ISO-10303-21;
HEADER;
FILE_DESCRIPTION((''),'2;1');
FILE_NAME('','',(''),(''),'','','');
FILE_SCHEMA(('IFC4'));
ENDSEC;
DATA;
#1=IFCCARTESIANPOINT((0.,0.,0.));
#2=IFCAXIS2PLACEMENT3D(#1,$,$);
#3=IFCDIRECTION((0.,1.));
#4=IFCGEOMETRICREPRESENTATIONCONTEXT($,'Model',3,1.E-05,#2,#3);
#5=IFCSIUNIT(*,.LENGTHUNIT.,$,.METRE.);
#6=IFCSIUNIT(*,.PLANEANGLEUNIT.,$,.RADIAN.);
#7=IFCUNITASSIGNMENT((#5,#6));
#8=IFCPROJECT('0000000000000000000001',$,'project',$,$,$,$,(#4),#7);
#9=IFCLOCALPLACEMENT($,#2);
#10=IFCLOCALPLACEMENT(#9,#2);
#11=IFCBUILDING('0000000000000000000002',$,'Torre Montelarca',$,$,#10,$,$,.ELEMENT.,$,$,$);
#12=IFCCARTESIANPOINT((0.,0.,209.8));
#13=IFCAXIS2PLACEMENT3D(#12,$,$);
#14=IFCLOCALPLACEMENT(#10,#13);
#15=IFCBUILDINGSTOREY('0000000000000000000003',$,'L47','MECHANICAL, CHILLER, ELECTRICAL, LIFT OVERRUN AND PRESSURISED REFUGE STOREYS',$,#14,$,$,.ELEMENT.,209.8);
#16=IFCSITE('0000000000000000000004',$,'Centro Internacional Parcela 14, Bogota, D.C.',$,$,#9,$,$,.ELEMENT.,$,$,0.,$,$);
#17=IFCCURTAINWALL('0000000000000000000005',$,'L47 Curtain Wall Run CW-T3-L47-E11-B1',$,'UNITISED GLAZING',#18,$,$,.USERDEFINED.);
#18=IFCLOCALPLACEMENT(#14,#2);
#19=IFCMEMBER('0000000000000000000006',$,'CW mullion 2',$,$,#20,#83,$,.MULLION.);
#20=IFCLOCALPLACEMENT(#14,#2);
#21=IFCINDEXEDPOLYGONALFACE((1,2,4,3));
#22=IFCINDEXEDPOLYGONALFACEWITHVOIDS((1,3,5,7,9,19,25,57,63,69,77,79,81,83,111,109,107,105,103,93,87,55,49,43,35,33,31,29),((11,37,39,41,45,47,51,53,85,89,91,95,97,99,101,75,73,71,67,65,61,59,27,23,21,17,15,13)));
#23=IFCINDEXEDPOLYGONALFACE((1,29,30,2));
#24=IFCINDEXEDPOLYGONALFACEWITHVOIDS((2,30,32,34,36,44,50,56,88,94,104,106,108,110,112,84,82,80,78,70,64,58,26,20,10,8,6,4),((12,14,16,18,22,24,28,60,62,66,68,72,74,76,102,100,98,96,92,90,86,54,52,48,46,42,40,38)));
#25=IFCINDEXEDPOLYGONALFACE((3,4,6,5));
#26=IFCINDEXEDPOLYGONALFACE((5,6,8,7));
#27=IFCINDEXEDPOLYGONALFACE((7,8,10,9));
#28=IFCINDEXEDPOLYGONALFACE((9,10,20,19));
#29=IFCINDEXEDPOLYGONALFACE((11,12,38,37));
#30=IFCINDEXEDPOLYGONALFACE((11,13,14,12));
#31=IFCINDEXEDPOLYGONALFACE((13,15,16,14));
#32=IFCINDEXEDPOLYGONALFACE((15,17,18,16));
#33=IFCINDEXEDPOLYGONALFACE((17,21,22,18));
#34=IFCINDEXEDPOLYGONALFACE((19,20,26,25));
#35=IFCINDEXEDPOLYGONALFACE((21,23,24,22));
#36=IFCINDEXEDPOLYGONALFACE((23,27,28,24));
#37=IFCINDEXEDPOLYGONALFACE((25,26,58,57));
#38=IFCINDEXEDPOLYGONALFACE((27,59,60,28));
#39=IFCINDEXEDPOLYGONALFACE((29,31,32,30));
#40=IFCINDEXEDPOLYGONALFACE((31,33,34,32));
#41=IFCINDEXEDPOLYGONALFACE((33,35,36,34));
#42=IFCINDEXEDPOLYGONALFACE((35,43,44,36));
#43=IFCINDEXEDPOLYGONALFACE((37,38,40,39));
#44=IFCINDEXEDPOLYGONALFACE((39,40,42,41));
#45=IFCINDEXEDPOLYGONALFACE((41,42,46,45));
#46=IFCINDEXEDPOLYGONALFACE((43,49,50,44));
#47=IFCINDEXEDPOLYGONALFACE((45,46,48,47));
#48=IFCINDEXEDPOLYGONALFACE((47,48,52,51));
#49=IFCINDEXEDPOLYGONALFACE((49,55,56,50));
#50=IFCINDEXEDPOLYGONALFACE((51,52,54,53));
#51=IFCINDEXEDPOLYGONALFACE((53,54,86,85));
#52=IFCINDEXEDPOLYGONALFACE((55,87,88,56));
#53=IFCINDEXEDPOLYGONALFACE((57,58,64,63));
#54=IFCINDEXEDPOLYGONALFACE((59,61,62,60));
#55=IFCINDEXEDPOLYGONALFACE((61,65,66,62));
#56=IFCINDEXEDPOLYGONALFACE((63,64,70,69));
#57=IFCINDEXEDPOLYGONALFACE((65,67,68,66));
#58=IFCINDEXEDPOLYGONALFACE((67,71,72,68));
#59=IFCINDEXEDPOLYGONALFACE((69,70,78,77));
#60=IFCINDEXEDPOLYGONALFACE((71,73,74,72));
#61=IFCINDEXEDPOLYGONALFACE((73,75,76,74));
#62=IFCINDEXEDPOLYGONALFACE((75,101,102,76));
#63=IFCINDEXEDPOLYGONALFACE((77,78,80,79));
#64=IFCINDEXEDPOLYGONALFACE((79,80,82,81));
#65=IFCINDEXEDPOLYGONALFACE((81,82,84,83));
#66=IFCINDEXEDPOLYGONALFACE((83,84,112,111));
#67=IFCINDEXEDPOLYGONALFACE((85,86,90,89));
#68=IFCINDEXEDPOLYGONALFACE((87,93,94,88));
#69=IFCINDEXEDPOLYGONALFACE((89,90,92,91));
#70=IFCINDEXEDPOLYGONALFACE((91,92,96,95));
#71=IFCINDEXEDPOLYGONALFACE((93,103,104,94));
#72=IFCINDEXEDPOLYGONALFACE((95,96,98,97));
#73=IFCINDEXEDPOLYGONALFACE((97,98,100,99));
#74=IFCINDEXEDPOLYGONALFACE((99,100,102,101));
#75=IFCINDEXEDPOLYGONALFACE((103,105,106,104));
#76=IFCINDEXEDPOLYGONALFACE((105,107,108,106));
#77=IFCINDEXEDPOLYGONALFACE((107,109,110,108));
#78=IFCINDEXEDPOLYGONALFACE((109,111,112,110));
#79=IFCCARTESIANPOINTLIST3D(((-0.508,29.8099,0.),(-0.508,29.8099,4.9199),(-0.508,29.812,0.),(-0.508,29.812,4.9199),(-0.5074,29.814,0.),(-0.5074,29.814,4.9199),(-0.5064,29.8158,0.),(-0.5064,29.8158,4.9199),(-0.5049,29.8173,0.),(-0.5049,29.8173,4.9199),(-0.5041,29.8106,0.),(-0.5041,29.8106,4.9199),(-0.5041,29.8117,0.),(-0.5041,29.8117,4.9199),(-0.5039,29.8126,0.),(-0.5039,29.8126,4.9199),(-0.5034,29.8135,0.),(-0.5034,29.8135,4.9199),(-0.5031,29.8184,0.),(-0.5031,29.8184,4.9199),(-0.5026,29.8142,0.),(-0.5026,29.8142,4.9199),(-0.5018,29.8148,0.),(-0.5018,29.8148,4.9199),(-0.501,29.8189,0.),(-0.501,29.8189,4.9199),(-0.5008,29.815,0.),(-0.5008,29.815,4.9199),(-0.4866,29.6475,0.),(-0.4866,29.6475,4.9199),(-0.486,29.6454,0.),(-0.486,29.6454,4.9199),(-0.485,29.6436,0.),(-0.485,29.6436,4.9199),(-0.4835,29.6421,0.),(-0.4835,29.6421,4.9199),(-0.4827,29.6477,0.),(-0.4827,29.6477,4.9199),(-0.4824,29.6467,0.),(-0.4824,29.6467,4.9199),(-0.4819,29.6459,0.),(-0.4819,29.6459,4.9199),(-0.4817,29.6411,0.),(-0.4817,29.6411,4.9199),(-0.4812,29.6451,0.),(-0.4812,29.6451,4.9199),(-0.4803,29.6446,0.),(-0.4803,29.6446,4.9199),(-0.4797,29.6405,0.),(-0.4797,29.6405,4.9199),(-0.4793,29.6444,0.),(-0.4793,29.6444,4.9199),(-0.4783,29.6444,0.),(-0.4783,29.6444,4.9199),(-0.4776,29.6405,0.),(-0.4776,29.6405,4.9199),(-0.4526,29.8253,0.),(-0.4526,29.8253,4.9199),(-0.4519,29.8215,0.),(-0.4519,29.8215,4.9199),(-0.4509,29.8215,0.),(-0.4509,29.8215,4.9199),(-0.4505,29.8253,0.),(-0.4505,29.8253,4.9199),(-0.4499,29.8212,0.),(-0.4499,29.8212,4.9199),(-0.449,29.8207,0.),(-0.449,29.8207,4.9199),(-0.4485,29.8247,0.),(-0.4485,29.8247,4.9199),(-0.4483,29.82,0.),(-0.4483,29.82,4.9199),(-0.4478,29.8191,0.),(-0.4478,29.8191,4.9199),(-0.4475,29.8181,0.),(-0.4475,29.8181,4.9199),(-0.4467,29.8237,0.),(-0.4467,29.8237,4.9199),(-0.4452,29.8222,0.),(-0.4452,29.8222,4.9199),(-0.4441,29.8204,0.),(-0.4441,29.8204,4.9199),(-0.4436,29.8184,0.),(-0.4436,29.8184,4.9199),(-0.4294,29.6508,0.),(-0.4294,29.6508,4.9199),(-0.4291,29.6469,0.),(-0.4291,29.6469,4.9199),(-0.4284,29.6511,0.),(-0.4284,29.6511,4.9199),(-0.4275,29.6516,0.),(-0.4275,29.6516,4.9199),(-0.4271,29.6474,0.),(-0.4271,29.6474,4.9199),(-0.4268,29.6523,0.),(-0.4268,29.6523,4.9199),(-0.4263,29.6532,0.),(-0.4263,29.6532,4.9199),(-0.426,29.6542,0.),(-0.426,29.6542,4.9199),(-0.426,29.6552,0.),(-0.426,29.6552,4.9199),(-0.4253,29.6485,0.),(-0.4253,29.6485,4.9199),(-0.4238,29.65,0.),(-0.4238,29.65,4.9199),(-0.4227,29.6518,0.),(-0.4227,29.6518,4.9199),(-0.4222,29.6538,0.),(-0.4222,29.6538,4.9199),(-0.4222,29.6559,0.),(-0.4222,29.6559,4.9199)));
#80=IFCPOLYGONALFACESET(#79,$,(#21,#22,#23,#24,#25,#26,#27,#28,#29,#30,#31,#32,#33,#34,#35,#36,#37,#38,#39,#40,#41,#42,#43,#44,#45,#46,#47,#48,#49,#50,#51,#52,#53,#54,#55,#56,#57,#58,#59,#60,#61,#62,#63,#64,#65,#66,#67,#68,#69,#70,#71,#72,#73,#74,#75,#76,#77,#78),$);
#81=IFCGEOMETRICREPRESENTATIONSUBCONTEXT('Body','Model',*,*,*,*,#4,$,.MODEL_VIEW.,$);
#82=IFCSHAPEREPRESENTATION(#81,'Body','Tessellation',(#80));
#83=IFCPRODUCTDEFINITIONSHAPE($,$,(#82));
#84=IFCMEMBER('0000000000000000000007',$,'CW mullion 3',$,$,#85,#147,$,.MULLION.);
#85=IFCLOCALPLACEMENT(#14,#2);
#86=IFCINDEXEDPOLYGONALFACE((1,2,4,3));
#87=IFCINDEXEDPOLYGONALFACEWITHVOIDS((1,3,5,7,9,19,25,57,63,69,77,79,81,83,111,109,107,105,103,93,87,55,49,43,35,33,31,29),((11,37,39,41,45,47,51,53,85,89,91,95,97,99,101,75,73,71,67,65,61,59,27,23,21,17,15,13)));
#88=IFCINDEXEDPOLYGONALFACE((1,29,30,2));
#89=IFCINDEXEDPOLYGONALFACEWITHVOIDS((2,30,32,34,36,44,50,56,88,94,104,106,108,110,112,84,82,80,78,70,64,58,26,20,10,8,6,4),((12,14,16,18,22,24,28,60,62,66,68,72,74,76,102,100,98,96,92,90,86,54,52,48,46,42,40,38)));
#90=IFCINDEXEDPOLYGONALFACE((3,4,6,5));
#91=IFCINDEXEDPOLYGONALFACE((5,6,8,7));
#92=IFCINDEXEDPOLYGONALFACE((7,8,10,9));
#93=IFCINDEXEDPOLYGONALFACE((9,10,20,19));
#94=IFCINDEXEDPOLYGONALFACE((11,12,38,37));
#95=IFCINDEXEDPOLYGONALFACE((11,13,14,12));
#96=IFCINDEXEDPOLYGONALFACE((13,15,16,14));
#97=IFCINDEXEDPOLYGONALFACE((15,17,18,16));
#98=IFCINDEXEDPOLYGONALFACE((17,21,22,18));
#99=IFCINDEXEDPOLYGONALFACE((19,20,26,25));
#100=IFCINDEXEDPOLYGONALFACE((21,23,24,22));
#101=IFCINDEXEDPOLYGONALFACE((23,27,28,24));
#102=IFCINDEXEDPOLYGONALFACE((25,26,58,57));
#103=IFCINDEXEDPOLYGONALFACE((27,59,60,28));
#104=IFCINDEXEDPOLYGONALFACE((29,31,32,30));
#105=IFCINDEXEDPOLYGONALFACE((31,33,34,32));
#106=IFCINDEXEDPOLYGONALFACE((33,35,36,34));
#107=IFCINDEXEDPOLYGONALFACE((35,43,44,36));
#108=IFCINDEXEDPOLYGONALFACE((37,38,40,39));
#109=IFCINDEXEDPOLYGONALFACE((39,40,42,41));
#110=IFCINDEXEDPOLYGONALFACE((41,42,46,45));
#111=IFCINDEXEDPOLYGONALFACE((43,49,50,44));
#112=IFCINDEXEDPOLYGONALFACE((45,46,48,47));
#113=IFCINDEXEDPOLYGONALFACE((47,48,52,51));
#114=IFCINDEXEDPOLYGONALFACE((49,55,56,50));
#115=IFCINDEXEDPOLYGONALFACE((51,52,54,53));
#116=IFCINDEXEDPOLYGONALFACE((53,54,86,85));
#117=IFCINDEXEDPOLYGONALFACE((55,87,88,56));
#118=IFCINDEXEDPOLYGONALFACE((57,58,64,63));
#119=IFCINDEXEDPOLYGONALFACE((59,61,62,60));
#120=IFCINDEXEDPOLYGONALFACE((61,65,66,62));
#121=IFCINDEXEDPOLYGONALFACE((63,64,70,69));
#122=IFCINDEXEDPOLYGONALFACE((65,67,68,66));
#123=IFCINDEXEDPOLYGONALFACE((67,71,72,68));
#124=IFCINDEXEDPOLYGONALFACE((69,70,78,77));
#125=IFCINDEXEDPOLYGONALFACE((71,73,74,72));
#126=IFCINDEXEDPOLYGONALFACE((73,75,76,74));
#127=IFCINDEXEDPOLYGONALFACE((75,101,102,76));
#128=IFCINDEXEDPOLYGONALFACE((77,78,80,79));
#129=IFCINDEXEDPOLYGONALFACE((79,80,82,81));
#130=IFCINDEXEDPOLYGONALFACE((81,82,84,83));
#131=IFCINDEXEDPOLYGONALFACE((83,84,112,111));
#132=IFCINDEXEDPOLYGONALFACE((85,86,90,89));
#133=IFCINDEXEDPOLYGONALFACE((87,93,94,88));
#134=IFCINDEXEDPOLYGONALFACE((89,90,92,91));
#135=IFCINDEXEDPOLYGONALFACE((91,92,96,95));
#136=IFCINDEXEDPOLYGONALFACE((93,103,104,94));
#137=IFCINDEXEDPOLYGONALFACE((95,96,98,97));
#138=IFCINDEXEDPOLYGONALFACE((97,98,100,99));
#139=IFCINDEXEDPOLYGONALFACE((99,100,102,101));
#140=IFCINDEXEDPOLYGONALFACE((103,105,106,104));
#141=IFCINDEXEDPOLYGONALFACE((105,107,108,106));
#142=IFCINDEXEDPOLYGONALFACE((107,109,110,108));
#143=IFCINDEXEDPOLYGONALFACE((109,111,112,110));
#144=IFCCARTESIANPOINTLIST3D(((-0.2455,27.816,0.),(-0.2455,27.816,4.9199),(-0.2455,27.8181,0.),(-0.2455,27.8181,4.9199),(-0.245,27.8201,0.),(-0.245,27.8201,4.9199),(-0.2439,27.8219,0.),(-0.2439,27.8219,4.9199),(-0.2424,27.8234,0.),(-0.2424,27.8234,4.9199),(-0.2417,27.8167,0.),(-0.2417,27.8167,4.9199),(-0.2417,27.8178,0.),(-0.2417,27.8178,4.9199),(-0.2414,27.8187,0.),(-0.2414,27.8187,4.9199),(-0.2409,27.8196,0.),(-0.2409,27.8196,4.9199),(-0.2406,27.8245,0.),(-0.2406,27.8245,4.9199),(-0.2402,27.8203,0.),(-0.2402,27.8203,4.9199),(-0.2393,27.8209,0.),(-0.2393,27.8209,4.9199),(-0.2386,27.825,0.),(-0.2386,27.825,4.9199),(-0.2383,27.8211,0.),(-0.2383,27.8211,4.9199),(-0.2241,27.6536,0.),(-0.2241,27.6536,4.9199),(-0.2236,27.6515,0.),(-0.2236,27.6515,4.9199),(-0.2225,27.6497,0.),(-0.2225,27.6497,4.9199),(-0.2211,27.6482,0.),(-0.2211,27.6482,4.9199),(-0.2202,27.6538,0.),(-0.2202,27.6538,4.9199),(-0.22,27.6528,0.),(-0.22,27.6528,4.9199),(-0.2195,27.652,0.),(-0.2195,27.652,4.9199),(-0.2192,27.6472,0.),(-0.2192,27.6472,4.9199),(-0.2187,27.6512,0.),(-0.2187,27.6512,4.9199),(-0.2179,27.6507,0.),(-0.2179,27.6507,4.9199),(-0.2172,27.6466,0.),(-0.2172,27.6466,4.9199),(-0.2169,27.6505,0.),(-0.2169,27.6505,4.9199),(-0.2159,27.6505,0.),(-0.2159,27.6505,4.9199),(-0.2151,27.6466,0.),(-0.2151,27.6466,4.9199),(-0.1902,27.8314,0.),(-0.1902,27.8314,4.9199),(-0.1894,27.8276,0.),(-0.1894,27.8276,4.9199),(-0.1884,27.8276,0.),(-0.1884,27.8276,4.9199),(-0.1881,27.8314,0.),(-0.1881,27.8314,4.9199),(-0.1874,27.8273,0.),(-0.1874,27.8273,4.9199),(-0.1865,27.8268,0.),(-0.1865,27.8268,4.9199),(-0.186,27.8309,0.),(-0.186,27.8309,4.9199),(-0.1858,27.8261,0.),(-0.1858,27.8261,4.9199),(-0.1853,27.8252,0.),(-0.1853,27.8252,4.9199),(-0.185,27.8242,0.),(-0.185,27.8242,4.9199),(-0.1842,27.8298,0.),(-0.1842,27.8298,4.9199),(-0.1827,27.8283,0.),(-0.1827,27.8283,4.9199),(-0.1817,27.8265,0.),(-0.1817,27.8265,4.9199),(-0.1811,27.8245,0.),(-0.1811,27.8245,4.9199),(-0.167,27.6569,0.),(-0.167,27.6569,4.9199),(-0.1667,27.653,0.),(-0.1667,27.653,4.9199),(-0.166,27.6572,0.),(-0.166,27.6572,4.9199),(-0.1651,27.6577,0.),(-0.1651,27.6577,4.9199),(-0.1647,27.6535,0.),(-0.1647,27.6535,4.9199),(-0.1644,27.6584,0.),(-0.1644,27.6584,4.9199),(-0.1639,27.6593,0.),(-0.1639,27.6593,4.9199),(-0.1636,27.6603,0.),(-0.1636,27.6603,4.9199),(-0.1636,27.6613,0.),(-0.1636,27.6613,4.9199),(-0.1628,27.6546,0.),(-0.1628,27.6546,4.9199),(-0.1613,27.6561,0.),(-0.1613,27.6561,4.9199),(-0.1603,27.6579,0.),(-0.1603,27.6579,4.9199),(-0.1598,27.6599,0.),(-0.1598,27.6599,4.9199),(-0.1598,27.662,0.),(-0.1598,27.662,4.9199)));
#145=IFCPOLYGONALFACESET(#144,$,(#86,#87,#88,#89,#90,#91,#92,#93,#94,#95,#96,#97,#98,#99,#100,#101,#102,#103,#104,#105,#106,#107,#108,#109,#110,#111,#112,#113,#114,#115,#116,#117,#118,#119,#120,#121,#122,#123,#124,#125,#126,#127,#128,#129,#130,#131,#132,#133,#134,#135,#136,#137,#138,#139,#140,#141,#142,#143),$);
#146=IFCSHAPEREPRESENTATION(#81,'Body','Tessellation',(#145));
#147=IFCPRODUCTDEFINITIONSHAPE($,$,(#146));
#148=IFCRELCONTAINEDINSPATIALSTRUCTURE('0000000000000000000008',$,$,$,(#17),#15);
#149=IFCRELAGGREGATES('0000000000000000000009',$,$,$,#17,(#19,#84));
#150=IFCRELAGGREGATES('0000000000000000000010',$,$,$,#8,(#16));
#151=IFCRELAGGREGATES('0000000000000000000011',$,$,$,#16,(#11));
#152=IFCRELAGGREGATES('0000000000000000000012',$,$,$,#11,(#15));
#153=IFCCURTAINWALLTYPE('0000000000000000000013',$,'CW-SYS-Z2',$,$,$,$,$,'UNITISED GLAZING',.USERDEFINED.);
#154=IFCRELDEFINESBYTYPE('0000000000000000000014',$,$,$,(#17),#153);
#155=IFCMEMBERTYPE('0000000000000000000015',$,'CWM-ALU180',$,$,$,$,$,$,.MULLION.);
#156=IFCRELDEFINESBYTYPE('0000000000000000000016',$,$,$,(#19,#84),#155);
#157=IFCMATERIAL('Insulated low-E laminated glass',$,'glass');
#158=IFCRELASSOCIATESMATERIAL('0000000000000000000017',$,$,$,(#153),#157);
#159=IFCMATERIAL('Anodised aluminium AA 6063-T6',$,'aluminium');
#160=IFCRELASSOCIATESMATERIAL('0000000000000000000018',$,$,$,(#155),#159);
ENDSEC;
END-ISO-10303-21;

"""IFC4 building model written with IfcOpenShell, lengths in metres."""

from ifc_helpers import new_model, si_unit, direction, frame, origin, origin_2d, place, context, subcontext, project, spatial, hollow_rectangle, extrude, source, transform, mapped, material, material_profile, profile_set, type_object, element, aggregate, save


model = new_model("IFC4")

# Units and contexts
model_context = context("Model", 3, precision=1e-05, world=origin(), true_north=direction((0.0, 1.0)))
body_context = subcontext(model_context, "Body", "Model", "MODEL_VIEW")
ifc_project = project(units=[si_unit("LENGTHUNIT", "METRE"), si_unit("PLANEANGLEUNIT", "RADIAN")], contexts=[model_context])

# Site, building, storey
site_placement = place(None, origin())
site = spatial("IfcSite", under=ifc_project, at=site_placement, Name="Centro Internacional Parcela 14, Bogota, D.C.", CompositionType="ELEMENT", RefElevation=0.0)
building_placement = place(site_placement, origin())
building = spatial("IfcBuilding", under=site, at=building_placement, Name="Torre Montelarca", CompositionType="ELEMENT")
storey_placement = place(building_placement, frame((0.0, 0.0, 209.8)))
storey = spatial("IfcBuildingStorey", under=building, at=storey_placement, Name="L47", Description="MECHANICAL, CHILLER, ELECTRICAL, LIFT OVERRUN AND PRESSURISED REFUGE STOREYS", CompositionType="ELEMENT", Elevation=209.8)

# Curtain wall, members
ifc_material_1 = material(Name="Insulated low-E laminated glass", Category="glass")
curtain_wall_type = type_object("IfcCurtainWallType", Name="CW-SYS-Z2", ElementType="UNITISED GLAZING", PredefinedType="USERDEFINED", material=ifc_material_1)
ifc_material_2 = material(Name="Anodised aluminium AA 6063-T6", Category="aluminium")
ifc_material_profile_1 = material_profile(ifc_material_2, hollow_rectangle(XDim=0.0649, YDim=0.1799, WallThickness=0.0039, InnerFilletRadius=0.0039, OuterFilletRadius=0.0081, at=origin_2d()), Name="ALU65X180X4", Category="aluminium")
ifc_profile_set_1 = profile_set([ifc_material_profile_1], Name="Anodised aluminium AA 6063-T6")
member_type_1 = type_object("IfcMemberType", Name="CWM-ALU180", PredefinedType="MULLION", material=ifc_profile_set_1)
shared_shape_1 = source(origin(), body_context, "Body", "SweptSolid", [
    extrude(hollow_rectangle(XDim=0.0649, YDim=0.1799, WallThickness=0.0039, InnerFilletRadius=0.0039, OuterFilletRadius=0.0081, at=origin_2d()), origin(), (0.0, 0.0, 1.0), 4.9199),
])
curtain_wall_1_placement = place(storey_placement, origin())
curtain_wall_1 = element("IfcCurtainWall", 1, at=curtain_wall_1_placement, inside=storey, type_object=curtain_wall_type, Name="L47 Curtain Wall Run CW-T3-L47-E11-B1", ObjectType="UNITISED GLAZING", PredefinedType="USERDEFINED")
member_1_placement = place(storey_placement, frame((-0.4651, 29.7329, 0.0), z_axis=(0.0, 0.0, 1.0), x_axis=(0.991446, 0.130519, 0.0)))
member_1 = element("IfcMember", 2, at=member_1_placement, type_object=member_type_1, Name="CW mullion 2", PredefinedType="MULLION", context=body_context, shape_type="MappedRepresentation", body=[
    mapped(shared_shape_1, transform((0.0, 0.0, 0.0), scale=1.0)),
])
member_2_placement = place(storey_placement, frame((-0.2026, 27.739, 0.0), z_axis=(0.0, 0.0, 1.0), x_axis=(0.991446, 0.130519, 0.0)))
member_2 = element("IfcMember", 3, at=member_2_placement, type_object=member_type_1, Name="CW mullion 3", PredefinedType="MULLION", context=body_context, shape_type="MappedRepresentation", body=[
    mapped(shared_shape_1, transform((0.0, 0.0, 0.0), scale=1.0)),
])

aggregate(curtain_wall_1, [member_1, member_2])

save(model, "model.ifc")
